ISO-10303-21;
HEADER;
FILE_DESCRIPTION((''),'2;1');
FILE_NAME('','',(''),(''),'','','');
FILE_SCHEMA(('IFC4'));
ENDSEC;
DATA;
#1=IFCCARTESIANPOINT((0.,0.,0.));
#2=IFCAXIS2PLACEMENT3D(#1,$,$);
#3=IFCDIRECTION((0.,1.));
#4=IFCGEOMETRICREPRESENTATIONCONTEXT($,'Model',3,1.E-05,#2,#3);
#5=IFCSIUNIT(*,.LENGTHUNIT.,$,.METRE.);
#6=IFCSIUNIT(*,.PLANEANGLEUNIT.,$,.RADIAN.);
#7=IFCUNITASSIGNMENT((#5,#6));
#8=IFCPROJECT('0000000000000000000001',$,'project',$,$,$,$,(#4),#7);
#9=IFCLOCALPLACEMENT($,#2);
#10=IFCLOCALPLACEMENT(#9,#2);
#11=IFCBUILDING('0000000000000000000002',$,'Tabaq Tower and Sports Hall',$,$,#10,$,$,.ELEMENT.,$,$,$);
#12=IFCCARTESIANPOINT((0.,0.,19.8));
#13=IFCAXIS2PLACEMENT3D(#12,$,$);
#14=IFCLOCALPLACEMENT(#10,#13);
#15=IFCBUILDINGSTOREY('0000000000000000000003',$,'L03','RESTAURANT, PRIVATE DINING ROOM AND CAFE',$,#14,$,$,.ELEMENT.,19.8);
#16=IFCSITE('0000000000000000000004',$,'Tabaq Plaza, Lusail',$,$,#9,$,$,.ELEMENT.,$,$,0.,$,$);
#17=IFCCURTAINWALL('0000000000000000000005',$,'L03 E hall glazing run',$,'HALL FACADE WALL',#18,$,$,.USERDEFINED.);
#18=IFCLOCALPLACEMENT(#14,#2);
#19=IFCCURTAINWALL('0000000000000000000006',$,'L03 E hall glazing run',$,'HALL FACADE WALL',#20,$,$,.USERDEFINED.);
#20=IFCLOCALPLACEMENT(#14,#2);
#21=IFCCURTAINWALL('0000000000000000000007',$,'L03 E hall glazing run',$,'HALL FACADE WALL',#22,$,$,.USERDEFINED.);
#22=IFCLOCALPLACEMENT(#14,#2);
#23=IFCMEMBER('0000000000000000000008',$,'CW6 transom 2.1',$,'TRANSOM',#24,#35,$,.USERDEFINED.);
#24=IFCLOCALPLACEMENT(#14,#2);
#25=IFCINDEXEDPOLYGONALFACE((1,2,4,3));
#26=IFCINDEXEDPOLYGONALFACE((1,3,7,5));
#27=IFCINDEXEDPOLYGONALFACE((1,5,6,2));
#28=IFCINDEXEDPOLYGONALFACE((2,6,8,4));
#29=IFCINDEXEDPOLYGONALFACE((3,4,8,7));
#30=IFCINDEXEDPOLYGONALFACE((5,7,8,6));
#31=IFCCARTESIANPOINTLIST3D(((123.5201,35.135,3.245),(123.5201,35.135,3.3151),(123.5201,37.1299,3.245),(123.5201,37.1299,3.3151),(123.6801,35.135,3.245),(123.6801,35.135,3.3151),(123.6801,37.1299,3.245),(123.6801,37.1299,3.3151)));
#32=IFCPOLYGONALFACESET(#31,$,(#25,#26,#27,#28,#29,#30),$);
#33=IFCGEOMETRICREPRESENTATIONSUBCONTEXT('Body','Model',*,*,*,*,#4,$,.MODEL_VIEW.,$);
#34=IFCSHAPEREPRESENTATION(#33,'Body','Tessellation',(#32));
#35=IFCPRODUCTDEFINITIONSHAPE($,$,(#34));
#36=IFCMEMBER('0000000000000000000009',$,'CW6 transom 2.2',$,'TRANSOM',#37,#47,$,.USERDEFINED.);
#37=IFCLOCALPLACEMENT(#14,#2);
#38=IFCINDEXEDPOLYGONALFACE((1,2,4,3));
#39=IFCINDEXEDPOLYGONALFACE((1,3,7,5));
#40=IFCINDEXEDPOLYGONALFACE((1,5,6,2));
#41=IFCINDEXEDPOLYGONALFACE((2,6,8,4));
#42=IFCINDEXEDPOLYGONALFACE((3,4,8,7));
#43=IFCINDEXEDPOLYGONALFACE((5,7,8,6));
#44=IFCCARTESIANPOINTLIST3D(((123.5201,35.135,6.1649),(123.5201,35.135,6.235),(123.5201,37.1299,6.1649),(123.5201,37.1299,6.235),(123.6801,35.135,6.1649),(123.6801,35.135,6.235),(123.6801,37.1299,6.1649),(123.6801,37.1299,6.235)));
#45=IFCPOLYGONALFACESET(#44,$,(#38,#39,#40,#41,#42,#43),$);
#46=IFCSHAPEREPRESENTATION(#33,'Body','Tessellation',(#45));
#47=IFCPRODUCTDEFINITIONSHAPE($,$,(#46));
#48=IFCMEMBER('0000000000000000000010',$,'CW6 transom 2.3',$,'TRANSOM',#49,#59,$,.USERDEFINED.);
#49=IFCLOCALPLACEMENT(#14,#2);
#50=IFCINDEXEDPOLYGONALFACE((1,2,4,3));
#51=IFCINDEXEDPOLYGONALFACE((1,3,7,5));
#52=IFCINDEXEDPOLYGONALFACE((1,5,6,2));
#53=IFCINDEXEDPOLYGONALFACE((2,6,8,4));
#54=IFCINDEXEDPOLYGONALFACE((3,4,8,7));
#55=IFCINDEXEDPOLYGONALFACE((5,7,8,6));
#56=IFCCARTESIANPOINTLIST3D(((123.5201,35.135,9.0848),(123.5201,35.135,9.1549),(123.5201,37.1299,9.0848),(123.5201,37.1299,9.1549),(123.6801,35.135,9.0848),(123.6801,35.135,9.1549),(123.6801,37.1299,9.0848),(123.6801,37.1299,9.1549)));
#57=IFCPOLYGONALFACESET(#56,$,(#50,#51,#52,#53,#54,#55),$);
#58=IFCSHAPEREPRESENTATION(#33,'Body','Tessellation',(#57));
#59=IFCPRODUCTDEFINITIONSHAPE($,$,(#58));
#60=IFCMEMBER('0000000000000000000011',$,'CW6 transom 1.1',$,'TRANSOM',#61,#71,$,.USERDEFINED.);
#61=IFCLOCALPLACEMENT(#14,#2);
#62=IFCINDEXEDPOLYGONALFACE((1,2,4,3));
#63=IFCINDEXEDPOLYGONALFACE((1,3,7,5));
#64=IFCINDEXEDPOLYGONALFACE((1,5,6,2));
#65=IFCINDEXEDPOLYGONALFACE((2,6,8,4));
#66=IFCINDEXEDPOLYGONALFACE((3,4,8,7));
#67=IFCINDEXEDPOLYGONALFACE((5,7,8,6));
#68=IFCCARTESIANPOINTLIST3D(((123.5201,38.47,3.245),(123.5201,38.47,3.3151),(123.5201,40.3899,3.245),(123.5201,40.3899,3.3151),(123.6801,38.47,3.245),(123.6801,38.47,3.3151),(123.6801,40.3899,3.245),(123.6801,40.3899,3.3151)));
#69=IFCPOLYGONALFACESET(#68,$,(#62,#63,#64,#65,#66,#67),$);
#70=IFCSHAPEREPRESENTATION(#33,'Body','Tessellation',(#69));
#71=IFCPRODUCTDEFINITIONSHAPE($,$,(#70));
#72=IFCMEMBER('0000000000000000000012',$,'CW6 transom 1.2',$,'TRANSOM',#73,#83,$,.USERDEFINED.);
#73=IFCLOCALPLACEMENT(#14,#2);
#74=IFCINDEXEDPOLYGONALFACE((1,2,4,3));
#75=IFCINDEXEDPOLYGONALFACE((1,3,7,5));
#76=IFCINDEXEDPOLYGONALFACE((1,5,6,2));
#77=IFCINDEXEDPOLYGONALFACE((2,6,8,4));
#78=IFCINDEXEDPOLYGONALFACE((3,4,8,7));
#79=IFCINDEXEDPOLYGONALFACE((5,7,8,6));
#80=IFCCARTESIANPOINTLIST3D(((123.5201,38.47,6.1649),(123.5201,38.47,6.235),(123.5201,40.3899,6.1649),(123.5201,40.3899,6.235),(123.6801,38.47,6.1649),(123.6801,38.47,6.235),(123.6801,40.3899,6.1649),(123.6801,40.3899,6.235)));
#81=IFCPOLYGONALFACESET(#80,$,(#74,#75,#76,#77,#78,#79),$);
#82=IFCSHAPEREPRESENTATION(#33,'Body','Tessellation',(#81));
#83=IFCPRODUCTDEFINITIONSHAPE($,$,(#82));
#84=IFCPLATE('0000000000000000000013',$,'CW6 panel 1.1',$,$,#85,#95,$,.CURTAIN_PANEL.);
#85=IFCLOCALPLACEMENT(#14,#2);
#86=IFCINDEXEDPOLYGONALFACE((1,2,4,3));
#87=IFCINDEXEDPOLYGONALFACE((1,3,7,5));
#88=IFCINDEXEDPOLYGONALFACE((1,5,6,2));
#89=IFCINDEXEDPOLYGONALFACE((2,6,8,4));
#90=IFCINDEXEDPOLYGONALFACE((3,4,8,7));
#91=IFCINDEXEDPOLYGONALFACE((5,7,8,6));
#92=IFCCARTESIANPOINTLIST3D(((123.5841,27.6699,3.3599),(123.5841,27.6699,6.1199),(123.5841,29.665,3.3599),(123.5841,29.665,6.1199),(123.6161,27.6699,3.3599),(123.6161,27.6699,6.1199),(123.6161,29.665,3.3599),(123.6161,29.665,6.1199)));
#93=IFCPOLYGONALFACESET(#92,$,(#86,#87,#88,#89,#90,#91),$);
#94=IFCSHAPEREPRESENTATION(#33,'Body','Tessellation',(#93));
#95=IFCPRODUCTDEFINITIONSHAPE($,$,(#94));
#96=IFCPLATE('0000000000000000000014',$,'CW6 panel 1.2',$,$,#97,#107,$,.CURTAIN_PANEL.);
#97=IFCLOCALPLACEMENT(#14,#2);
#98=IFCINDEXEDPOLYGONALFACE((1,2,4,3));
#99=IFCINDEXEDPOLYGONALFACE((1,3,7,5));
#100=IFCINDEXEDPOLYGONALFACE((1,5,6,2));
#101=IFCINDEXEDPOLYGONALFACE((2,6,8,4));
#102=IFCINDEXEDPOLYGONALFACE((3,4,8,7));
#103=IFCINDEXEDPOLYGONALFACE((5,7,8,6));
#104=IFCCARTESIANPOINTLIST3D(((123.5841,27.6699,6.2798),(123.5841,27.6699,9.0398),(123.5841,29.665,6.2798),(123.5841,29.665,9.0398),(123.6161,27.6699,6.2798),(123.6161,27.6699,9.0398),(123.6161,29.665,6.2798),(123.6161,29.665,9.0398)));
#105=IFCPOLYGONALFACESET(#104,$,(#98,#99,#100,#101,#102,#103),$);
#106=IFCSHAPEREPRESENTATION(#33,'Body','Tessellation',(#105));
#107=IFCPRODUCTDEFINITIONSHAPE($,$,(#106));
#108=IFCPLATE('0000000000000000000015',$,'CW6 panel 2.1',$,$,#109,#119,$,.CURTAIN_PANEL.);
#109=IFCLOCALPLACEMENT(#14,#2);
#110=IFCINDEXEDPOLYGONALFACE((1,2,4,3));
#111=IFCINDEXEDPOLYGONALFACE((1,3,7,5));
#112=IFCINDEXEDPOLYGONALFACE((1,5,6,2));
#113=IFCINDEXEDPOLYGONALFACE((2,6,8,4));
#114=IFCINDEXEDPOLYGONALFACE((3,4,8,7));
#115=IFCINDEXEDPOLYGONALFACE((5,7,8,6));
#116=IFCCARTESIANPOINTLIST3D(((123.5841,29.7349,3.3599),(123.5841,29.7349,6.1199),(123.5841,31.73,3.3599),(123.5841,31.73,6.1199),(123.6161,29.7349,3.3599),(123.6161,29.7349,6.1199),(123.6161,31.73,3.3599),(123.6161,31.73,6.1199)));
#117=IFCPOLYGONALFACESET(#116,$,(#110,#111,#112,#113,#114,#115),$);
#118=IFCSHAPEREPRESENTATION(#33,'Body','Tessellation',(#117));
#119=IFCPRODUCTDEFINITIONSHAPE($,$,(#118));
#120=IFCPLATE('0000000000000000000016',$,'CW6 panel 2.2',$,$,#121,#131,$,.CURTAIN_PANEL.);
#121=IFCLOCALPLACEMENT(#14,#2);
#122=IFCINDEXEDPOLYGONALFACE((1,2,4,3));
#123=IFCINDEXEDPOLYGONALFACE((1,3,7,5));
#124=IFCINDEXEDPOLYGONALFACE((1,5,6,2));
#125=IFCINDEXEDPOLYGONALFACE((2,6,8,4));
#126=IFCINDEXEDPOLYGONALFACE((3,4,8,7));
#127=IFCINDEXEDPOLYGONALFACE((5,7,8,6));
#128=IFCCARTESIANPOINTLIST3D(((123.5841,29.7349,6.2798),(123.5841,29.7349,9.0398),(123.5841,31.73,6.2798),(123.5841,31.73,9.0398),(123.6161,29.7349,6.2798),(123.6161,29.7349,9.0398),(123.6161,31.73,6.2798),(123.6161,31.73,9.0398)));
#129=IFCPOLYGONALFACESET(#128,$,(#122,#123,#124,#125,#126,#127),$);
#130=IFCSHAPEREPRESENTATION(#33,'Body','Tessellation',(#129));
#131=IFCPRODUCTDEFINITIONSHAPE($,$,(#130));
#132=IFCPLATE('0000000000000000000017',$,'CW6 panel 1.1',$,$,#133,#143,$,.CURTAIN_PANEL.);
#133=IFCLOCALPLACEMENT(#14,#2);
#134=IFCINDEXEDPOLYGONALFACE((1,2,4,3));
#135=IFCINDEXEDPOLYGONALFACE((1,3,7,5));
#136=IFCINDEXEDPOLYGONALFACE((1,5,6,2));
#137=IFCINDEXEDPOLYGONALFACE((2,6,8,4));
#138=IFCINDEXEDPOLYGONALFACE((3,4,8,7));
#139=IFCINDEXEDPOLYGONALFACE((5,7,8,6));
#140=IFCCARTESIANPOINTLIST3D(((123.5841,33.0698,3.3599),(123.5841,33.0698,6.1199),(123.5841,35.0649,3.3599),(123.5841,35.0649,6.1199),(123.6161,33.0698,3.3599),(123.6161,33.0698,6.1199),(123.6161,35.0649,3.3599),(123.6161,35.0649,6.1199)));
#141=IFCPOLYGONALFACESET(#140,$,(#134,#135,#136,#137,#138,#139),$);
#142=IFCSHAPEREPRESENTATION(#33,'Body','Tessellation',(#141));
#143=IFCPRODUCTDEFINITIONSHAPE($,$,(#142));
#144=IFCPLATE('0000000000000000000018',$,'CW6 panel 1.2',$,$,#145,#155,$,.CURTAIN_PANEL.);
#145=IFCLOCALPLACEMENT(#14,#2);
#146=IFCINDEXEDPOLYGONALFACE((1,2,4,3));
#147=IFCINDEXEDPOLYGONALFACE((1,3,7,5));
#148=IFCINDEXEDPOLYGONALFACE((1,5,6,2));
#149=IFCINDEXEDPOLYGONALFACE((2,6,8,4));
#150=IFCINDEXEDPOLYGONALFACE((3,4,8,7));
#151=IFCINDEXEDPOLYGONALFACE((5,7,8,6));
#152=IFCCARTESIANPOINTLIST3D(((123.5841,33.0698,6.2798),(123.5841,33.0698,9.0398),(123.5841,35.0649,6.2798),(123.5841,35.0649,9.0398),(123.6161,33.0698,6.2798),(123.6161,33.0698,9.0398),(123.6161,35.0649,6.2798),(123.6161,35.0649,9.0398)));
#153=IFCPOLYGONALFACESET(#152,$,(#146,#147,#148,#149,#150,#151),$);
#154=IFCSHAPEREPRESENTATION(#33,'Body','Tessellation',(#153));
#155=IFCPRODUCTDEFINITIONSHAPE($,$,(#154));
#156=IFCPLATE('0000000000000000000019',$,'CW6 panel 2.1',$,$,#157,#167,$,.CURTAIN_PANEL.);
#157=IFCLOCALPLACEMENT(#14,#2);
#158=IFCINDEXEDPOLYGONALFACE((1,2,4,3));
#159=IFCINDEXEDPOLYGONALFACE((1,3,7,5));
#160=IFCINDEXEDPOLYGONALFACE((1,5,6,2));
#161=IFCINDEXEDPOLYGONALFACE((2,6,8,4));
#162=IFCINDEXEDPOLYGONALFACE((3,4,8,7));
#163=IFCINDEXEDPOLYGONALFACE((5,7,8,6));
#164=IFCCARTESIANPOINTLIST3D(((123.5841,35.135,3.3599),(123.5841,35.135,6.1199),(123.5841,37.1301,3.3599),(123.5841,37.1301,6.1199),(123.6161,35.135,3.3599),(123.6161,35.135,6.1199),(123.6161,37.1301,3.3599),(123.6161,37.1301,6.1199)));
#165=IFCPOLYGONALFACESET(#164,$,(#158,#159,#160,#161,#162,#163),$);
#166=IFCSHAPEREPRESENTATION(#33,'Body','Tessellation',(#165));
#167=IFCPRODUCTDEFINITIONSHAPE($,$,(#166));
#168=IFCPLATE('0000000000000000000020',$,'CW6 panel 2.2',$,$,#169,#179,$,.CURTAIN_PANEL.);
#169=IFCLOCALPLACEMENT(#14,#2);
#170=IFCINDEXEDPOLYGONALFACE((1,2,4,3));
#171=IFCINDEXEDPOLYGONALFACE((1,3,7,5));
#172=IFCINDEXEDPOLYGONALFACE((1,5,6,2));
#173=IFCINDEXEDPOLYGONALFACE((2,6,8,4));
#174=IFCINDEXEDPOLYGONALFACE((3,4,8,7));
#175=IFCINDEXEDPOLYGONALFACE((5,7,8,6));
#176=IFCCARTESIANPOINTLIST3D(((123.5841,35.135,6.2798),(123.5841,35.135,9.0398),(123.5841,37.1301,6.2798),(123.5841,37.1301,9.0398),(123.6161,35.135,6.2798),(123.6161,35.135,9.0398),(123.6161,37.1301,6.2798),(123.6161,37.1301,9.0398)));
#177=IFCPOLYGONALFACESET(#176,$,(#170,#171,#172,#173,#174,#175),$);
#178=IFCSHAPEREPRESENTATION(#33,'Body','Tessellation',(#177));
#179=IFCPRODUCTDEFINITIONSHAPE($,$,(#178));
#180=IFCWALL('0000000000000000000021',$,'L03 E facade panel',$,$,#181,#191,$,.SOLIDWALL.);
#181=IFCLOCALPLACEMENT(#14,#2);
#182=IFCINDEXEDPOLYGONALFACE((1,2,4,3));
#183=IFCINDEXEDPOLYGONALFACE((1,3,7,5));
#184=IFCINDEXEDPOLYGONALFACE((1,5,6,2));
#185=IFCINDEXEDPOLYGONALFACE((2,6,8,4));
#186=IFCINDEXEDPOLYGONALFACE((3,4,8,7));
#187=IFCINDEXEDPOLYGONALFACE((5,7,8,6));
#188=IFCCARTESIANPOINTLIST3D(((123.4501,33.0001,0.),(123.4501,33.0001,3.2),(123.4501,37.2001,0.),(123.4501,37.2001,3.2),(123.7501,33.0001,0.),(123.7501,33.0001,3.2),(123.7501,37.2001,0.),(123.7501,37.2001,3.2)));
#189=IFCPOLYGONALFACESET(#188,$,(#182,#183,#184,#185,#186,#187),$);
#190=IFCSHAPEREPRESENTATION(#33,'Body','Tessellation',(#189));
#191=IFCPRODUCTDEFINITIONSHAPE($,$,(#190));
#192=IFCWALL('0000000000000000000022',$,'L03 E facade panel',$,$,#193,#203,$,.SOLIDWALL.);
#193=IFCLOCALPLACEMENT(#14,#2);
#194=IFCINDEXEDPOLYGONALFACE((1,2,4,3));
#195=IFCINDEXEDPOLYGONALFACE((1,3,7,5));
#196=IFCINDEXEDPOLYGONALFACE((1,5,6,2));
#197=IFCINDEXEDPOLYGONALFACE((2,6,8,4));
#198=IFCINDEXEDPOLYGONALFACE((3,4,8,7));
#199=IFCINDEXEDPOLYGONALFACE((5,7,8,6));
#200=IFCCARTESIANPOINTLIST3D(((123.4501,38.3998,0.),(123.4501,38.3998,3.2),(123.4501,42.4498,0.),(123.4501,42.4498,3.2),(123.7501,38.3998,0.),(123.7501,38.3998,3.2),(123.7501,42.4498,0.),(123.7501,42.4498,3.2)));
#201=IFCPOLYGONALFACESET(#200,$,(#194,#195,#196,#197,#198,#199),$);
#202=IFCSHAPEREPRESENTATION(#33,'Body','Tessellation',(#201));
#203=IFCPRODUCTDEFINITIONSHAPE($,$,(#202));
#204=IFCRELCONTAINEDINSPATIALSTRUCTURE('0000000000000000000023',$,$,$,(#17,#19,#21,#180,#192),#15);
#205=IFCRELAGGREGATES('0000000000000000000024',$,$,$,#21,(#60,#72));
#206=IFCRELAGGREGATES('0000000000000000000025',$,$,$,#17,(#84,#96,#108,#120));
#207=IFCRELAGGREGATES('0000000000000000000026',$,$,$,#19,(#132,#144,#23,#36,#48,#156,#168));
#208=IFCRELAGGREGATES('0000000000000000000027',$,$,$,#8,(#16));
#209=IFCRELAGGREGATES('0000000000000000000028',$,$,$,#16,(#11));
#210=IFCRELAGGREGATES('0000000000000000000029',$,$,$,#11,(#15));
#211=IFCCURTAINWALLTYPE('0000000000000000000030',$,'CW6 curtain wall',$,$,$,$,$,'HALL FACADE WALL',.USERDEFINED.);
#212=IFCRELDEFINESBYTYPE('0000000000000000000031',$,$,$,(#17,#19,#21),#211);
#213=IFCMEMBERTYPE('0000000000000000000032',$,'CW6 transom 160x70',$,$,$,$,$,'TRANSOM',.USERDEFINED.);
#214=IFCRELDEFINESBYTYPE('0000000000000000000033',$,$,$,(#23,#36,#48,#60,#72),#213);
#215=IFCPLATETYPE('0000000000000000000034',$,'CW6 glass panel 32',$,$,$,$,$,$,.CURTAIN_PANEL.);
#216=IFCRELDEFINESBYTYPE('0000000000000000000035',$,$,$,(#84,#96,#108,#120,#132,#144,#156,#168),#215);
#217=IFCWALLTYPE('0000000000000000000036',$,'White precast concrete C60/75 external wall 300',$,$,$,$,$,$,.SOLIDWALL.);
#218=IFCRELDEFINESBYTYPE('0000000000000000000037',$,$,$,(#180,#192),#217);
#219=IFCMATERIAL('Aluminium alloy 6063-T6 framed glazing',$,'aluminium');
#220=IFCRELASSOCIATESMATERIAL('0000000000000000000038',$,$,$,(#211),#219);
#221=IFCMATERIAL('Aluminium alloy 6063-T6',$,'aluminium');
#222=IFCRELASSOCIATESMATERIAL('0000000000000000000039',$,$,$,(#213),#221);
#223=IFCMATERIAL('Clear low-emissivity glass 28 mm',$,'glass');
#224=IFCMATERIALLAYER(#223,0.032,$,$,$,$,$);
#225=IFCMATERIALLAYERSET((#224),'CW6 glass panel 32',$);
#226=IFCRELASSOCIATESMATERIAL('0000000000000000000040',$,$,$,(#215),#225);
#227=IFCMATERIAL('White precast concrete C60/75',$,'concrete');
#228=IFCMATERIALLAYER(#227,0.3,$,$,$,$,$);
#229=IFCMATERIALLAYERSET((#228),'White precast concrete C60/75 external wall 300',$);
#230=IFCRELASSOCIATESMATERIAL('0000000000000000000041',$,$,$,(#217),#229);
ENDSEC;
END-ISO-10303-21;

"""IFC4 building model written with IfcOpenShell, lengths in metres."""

from ifc_helpers import new_model, si_unit, direction, frame, frame_2d, origin, origin_2d, place, context, subcontext, project, spatial, rectangle, extrude, material, layer, layer_set, material_profile, profile_set, type_object, element, aggregate, save


model = new_model("IFC4")

# Units and contexts
model_context = context("Model", 3, precision=1e-05, world=origin(), true_north=direction((0.0, 1.0)))
body_context = subcontext(model_context, "Body", "Model", "MODEL_VIEW")
ifc_project = project(units=[si_unit("LENGTHUNIT", "METRE"), si_unit("PLANEANGLEUNIT", "RADIAN")], contexts=[model_context])

# Site, building, storey
site_placement = place(None, origin())
site = spatial("IfcSite", under=ifc_project, at=site_placement, Name="Tabaq Plaza, Lusail", CompositionType="ELEMENT", RefElevation=0.0)
building_placement = place(site_placement, origin())
building = spatial("IfcBuilding", under=site, at=building_placement, Name="Tabaq Tower and Sports Hall", CompositionType="ELEMENT")
storey_placement = place(building_placement, frame((0.0, 0.0, 19.8)))
storey = spatial("IfcBuildingStorey", under=building, at=storey_placement, Name="L03", Description="RESTAURANT, PRIVATE DINING ROOM AND CAFE", CompositionType="ELEMENT", Elevation=19.8)

# Curtain walls
ifc_material_1 = material(Name="Aluminium alloy 6063-T6 framed glazing", Category="aluminium")
curtain_wall_type = type_object("IfcCurtainWallType", Name="CW6 curtain wall", ElementType="HALL FACADE WALL", PredefinedType="USERDEFINED", material=ifc_material_1)
curtain_wall_1_placement = place(storey_placement, origin())
curtain_wall_1 = element("IfcCurtainWall", 1, at=curtain_wall_1_placement, inside=storey, type_object=curtain_wall_type, Name="L03 E hall glazing run", ObjectType="HALL FACADE WALL", PredefinedType="USERDEFINED")
curtain_wall_2_placement = place(storey_placement, origin())
curtain_wall_2 = element("IfcCurtainWall", 2, at=curtain_wall_2_placement, inside=storey, type_object=curtain_wall_type, Name="L03 E hall glazing run", ObjectType="HALL FACADE WALL", PredefinedType="USERDEFINED")

# Curtain wall
curtain_wall_3_placement = place(storey_placement, origin())
curtain_wall_3 = element("IfcCurtainWall", 3, at=curtain_wall_3_placement, inside=storey, type_object=curtain_wall_type, Name="L03 E hall glazing run", ObjectType="HALL FACADE WALL", PredefinedType="USERDEFINED")

# Members
ifc_material_2 = material(Name="Aluminium alloy 6063-T6", Category="aluminium")
ifc_material_profile_1 = material_profile(ifc_material_2, rectangle(XDim=0.1599, YDim=0.0701, at=origin_2d()), Name="TRANSOM 160x70")
ifc_profile_set_1 = profile_set([ifc_material_profile_1], Name="Aluminium alloy 6063-T6")
member_type_1 = type_object("IfcMemberType", Name="CW6 transom 160x70", ElementType="TRANSOM", PredefinedType="USERDEFINED", material=ifc_profile_set_1)
member_1_placement = place(storey_placement, frame((123.6001, 35.135, 3.28), z_axis=(0.0, 1.0, 0.0), x_axis=(-1.0, 0.0, 0.0)))
member_1 = element("IfcMember", 4, at=member_1_placement, type_object=member_type_1, Name="CW6 transom 2.1", ObjectType="TRANSOM", PredefinedType="USERDEFINED", context=body_context, shape_type="SweptSolid", body=[
    extrude(rectangle(XDim=0.1599, YDim=0.0701, at=origin_2d()), origin(), (0.0, 0.0, 1.0), 1.9949),
])
member_2_placement = place(storey_placement, frame((123.6001, 35.135, 6.2), z_axis=(0.0, 1.0, 0.0), x_axis=(-1.0, 0.0, 0.0)))
member_2 = element("IfcMember", 5, at=member_2_placement, type_object=member_type_1, Name="CW6 transom 2.2", ObjectType="TRANSOM", PredefinedType="USERDEFINED", context=body_context, shape_type="SweptSolid", body=[
    extrude(rectangle(XDim=0.1599, YDim=0.0701, at=origin_2d()), origin(), (0.0, 0.0, 1.0), 1.9949),
])
member_3_placement = place(storey_placement, frame((123.6001, 35.135, 9.1199), z_axis=(0.0, 1.0, 0.0), x_axis=(-1.0, 0.0, 0.0)))
member_3 = element("IfcMember", 6, at=member_3_placement, type_object=member_type_1, Name="CW6 transom 2.3", ObjectType="TRANSOM", PredefinedType="USERDEFINED", context=body_context, shape_type="SweptSolid", body=[
    extrude(rectangle(XDim=0.1599, YDim=0.0701, at=origin_2d()), origin(), (0.0, 0.0, 1.0), 1.9949),
])
member_4_placement = place(storey_placement, frame((123.6001, 38.47, 3.28), z_axis=(0.0, 1.0, 0.0), x_axis=(-1.0, 0.0, 0.0)))
member_4 = element("IfcMember", 7, at=member_4_placement, type_object=member_type_1, Name="CW6 transom 1.1", ObjectType="TRANSOM", PredefinedType="USERDEFINED", context=body_context, shape_type="SweptSolid", body=[
    extrude(rectangle(XDim=0.1599, YDim=0.0701, at=origin_2d()), origin(), (0.0, 0.0, 1.0), 1.9199),
])
member_5_placement = place(storey_placement, frame((123.6001, 38.47, 6.2), z_axis=(0.0, 1.0, 0.0), x_axis=(-1.0, 0.0, 0.0)))
member_5 = element("IfcMember", 8, at=member_5_placement, type_object=member_type_1, Name="CW6 transom 1.2", ObjectType="TRANSOM", PredefinedType="USERDEFINED", context=body_context, shape_type="SweptSolid", body=[
    extrude(rectangle(XDim=0.1599, YDim=0.0701, at=origin_2d()), origin(), (0.0, 0.0, 1.0), 1.9199),
])
aggregate(curtain_wall_3, [member_4, member_5])

# Plates
ifc_material_3 = material(Name="Clear low-emissivity glass 28 mm", Category="glass")
ifc_layer_1 = layer(ifc_material_3, 0.032)
ifc_layer_set_1 = layer_set([ifc_layer_1], Name="CW6 glass panel 32")
plate_type = type_object("IfcPlateType", Name="CW6 glass panel 32", PredefinedType="CURTAIN_PANEL", material=ifc_layer_set_1)
plate_1_placement = place(storey_placement, frame((123.6001, 28.6675, 3.3599), z_axis=(0.0, 0.0, 1.0), x_axis=(0.0, 1.0, 0.0)))
plate_1 = element("IfcPlate", 9, at=plate_1_placement, type_object=plate_type, Name="CW6 panel 1.1", PredefinedType="CURTAIN_PANEL", context=body_context, shape_type="SweptSolid", body=[
    extrude(rectangle(XDim=1.9951, YDim=0.032, at=origin_2d()), origin(), (0.0, 0.0, 1.0), 2.76),
])
plate_2_placement = place(storey_placement, frame((123.6001, 28.6675, 6.2798), z_axis=(0.0, 0.0, 1.0), x_axis=(0.0, 1.0, 0.0)))
plate_2 = element("IfcPlate", 10, at=plate_2_placement, type_object=plate_type, Name="CW6 panel 1.2", PredefinedType="CURTAIN_PANEL", context=body_context, shape_type="SweptSolid", body=[
    extrude(rectangle(XDim=1.9951, YDim=0.032, at=origin_2d()), origin(), (0.0, 0.0, 1.0), 2.76),
])
plate_3_placement = place(storey_placement, frame((123.6001, 30.7324, 3.3599), z_axis=(0.0, 0.0, 1.0), x_axis=(0.0, 1.0, 0.0)))
plate_3 = element("IfcPlate", 11, at=plate_3_placement, type_object=plate_type, Name="CW6 panel 2.1", PredefinedType="CURTAIN_PANEL", context=body_context, shape_type="SweptSolid", body=[
    extrude(rectangle(XDim=1.9951, YDim=0.032, at=origin_2d()), origin(), (0.0, 0.0, 1.0), 2.76),
])
plate_4_placement = place(storey_placement, frame((123.6001, 30.7324, 6.2798), z_axis=(0.0, 0.0, 1.0), x_axis=(0.0, 1.0, 0.0)))
plate_4 = element("IfcPlate", 12, at=plate_4_placement, type_object=plate_type, Name="CW6 panel 2.2", PredefinedType="CURTAIN_PANEL", context=body_context, shape_type="SweptSolid", body=[
    extrude(rectangle(XDim=1.9951, YDim=0.032, at=origin_2d()), origin(), (0.0, 0.0, 1.0), 2.76),
])
aggregate(curtain_wall_1, [plate_1, plate_2, plate_3, plate_4])
plate_5_placement = place(storey_placement, frame((123.6001, 34.0674, 3.3599), z_axis=(0.0, 0.0, 1.0), x_axis=(0.0, 1.0, 0.0)))
plate_5 = element("IfcPlate", 13, at=plate_5_placement, type_object=plate_type, Name="CW6 panel 1.1", PredefinedType="CURTAIN_PANEL", context=body_context, shape_type="SweptSolid", body=[
    extrude(rectangle(XDim=1.9951, YDim=0.032, at=origin_2d()), origin(), (0.0, 0.0, 1.0), 2.76),
])
plate_6_placement = place(storey_placement, frame((123.6001, 34.0674, 6.2798), z_axis=(0.0, 0.0, 1.0), x_axis=(0.0, 1.0, 0.0)))
plate_6 = element("IfcPlate", 14, at=plate_6_placement, type_object=plate_type, Name="CW6 panel 1.2", PredefinedType="CURTAIN_PANEL", context=body_context, shape_type="SweptSolid", body=[
    extrude(rectangle(XDim=1.9951, YDim=0.032, at=origin_2d()), origin(), (0.0, 0.0, 1.0), 2.76),
])
plate_7_placement = place(storey_placement, frame((123.6001, 36.1326, 3.3599), z_axis=(0.0, 0.0, 1.0), x_axis=(0.0, 1.0, 0.0)))
plate_7 = element("IfcPlate", 15, at=plate_7_placement, type_object=plate_type, Name="CW6 panel 2.1", PredefinedType="CURTAIN_PANEL", context=body_context, shape_type="SweptSolid", body=[
    extrude(rectangle(XDim=1.9951, YDim=0.032, at=origin_2d()), origin(), (0.0, 0.0, 1.0), 2.76),
])
plate_8_placement = place(storey_placement, frame((123.6001, 36.1326, 6.2798), z_axis=(0.0, 0.0, 1.0), x_axis=(0.0, 1.0, 0.0)))
plate_8 = element("IfcPlate", 16, at=plate_8_placement, type_object=plate_type, Name="CW6 panel 2.2", PredefinedType="CURTAIN_PANEL", context=body_context, shape_type="SweptSolid", body=[
    extrude(rectangle(XDim=1.9951, YDim=0.032, at=origin_2d()), origin(), (0.0, 0.0, 1.0), 2.76),
])
aggregate(curtain_wall_2, [plate_5, plate_6, member_1, member_2, member_3, plate_7, plate_8])

# Walls
ifc_material_4 = material(Name="White precast concrete C60/75", Category="concrete")
ifc_layer_2 = layer(ifc_material_4, 0.3)
ifc_layer_set_2 = layer_set([ifc_layer_2], Name="White precast concrete C60/75 external wall 300")
wall_type = type_object("IfcWallType", Name="White precast concrete C60/75 external wall 300", PredefinedType="SOLIDWALL", material=ifc_layer_set_2)
wall_1_placement = place(storey_placement, frame((123.6001, 33.0, 0.0), z_axis=(0.0, 0.0, 1.0), x_axis=(0.0, 1.0, 0.0)))
element("IfcWall", 17, at=wall_1_placement, inside=storey, type_object=wall_type, Name="L03 E facade panel", PredefinedType="SOLIDWALL", context=body_context, shape_type="SweptSolid", body=[
    extrude(rectangle(XDim=4.2, YDim=0.3, at=frame_2d((2.1001, 0.0))), origin(), (0.0, 0.0, 1.0), 3.2),
])
wall_2_placement = place(storey_placement, frame((123.6001, 38.3999, 0.0), z_axis=(0.0, 0.0, 1.0), x_axis=(0.0, 1.0, 0.0)))
element("IfcWall", 18, at=wall_2_placement, inside=storey, type_object=wall_type, Name="L03 E facade panel", PredefinedType="SOLIDWALL", context=body_context, shape_type="SweptSolid", body=[
    extrude(rectangle(XDim=4.05, YDim=0.3, at=frame_2d((2.0249, 0.0))), origin(), (0.0, 0.0, 1.0), 3.2),
])

save(model, "model.ifc")
